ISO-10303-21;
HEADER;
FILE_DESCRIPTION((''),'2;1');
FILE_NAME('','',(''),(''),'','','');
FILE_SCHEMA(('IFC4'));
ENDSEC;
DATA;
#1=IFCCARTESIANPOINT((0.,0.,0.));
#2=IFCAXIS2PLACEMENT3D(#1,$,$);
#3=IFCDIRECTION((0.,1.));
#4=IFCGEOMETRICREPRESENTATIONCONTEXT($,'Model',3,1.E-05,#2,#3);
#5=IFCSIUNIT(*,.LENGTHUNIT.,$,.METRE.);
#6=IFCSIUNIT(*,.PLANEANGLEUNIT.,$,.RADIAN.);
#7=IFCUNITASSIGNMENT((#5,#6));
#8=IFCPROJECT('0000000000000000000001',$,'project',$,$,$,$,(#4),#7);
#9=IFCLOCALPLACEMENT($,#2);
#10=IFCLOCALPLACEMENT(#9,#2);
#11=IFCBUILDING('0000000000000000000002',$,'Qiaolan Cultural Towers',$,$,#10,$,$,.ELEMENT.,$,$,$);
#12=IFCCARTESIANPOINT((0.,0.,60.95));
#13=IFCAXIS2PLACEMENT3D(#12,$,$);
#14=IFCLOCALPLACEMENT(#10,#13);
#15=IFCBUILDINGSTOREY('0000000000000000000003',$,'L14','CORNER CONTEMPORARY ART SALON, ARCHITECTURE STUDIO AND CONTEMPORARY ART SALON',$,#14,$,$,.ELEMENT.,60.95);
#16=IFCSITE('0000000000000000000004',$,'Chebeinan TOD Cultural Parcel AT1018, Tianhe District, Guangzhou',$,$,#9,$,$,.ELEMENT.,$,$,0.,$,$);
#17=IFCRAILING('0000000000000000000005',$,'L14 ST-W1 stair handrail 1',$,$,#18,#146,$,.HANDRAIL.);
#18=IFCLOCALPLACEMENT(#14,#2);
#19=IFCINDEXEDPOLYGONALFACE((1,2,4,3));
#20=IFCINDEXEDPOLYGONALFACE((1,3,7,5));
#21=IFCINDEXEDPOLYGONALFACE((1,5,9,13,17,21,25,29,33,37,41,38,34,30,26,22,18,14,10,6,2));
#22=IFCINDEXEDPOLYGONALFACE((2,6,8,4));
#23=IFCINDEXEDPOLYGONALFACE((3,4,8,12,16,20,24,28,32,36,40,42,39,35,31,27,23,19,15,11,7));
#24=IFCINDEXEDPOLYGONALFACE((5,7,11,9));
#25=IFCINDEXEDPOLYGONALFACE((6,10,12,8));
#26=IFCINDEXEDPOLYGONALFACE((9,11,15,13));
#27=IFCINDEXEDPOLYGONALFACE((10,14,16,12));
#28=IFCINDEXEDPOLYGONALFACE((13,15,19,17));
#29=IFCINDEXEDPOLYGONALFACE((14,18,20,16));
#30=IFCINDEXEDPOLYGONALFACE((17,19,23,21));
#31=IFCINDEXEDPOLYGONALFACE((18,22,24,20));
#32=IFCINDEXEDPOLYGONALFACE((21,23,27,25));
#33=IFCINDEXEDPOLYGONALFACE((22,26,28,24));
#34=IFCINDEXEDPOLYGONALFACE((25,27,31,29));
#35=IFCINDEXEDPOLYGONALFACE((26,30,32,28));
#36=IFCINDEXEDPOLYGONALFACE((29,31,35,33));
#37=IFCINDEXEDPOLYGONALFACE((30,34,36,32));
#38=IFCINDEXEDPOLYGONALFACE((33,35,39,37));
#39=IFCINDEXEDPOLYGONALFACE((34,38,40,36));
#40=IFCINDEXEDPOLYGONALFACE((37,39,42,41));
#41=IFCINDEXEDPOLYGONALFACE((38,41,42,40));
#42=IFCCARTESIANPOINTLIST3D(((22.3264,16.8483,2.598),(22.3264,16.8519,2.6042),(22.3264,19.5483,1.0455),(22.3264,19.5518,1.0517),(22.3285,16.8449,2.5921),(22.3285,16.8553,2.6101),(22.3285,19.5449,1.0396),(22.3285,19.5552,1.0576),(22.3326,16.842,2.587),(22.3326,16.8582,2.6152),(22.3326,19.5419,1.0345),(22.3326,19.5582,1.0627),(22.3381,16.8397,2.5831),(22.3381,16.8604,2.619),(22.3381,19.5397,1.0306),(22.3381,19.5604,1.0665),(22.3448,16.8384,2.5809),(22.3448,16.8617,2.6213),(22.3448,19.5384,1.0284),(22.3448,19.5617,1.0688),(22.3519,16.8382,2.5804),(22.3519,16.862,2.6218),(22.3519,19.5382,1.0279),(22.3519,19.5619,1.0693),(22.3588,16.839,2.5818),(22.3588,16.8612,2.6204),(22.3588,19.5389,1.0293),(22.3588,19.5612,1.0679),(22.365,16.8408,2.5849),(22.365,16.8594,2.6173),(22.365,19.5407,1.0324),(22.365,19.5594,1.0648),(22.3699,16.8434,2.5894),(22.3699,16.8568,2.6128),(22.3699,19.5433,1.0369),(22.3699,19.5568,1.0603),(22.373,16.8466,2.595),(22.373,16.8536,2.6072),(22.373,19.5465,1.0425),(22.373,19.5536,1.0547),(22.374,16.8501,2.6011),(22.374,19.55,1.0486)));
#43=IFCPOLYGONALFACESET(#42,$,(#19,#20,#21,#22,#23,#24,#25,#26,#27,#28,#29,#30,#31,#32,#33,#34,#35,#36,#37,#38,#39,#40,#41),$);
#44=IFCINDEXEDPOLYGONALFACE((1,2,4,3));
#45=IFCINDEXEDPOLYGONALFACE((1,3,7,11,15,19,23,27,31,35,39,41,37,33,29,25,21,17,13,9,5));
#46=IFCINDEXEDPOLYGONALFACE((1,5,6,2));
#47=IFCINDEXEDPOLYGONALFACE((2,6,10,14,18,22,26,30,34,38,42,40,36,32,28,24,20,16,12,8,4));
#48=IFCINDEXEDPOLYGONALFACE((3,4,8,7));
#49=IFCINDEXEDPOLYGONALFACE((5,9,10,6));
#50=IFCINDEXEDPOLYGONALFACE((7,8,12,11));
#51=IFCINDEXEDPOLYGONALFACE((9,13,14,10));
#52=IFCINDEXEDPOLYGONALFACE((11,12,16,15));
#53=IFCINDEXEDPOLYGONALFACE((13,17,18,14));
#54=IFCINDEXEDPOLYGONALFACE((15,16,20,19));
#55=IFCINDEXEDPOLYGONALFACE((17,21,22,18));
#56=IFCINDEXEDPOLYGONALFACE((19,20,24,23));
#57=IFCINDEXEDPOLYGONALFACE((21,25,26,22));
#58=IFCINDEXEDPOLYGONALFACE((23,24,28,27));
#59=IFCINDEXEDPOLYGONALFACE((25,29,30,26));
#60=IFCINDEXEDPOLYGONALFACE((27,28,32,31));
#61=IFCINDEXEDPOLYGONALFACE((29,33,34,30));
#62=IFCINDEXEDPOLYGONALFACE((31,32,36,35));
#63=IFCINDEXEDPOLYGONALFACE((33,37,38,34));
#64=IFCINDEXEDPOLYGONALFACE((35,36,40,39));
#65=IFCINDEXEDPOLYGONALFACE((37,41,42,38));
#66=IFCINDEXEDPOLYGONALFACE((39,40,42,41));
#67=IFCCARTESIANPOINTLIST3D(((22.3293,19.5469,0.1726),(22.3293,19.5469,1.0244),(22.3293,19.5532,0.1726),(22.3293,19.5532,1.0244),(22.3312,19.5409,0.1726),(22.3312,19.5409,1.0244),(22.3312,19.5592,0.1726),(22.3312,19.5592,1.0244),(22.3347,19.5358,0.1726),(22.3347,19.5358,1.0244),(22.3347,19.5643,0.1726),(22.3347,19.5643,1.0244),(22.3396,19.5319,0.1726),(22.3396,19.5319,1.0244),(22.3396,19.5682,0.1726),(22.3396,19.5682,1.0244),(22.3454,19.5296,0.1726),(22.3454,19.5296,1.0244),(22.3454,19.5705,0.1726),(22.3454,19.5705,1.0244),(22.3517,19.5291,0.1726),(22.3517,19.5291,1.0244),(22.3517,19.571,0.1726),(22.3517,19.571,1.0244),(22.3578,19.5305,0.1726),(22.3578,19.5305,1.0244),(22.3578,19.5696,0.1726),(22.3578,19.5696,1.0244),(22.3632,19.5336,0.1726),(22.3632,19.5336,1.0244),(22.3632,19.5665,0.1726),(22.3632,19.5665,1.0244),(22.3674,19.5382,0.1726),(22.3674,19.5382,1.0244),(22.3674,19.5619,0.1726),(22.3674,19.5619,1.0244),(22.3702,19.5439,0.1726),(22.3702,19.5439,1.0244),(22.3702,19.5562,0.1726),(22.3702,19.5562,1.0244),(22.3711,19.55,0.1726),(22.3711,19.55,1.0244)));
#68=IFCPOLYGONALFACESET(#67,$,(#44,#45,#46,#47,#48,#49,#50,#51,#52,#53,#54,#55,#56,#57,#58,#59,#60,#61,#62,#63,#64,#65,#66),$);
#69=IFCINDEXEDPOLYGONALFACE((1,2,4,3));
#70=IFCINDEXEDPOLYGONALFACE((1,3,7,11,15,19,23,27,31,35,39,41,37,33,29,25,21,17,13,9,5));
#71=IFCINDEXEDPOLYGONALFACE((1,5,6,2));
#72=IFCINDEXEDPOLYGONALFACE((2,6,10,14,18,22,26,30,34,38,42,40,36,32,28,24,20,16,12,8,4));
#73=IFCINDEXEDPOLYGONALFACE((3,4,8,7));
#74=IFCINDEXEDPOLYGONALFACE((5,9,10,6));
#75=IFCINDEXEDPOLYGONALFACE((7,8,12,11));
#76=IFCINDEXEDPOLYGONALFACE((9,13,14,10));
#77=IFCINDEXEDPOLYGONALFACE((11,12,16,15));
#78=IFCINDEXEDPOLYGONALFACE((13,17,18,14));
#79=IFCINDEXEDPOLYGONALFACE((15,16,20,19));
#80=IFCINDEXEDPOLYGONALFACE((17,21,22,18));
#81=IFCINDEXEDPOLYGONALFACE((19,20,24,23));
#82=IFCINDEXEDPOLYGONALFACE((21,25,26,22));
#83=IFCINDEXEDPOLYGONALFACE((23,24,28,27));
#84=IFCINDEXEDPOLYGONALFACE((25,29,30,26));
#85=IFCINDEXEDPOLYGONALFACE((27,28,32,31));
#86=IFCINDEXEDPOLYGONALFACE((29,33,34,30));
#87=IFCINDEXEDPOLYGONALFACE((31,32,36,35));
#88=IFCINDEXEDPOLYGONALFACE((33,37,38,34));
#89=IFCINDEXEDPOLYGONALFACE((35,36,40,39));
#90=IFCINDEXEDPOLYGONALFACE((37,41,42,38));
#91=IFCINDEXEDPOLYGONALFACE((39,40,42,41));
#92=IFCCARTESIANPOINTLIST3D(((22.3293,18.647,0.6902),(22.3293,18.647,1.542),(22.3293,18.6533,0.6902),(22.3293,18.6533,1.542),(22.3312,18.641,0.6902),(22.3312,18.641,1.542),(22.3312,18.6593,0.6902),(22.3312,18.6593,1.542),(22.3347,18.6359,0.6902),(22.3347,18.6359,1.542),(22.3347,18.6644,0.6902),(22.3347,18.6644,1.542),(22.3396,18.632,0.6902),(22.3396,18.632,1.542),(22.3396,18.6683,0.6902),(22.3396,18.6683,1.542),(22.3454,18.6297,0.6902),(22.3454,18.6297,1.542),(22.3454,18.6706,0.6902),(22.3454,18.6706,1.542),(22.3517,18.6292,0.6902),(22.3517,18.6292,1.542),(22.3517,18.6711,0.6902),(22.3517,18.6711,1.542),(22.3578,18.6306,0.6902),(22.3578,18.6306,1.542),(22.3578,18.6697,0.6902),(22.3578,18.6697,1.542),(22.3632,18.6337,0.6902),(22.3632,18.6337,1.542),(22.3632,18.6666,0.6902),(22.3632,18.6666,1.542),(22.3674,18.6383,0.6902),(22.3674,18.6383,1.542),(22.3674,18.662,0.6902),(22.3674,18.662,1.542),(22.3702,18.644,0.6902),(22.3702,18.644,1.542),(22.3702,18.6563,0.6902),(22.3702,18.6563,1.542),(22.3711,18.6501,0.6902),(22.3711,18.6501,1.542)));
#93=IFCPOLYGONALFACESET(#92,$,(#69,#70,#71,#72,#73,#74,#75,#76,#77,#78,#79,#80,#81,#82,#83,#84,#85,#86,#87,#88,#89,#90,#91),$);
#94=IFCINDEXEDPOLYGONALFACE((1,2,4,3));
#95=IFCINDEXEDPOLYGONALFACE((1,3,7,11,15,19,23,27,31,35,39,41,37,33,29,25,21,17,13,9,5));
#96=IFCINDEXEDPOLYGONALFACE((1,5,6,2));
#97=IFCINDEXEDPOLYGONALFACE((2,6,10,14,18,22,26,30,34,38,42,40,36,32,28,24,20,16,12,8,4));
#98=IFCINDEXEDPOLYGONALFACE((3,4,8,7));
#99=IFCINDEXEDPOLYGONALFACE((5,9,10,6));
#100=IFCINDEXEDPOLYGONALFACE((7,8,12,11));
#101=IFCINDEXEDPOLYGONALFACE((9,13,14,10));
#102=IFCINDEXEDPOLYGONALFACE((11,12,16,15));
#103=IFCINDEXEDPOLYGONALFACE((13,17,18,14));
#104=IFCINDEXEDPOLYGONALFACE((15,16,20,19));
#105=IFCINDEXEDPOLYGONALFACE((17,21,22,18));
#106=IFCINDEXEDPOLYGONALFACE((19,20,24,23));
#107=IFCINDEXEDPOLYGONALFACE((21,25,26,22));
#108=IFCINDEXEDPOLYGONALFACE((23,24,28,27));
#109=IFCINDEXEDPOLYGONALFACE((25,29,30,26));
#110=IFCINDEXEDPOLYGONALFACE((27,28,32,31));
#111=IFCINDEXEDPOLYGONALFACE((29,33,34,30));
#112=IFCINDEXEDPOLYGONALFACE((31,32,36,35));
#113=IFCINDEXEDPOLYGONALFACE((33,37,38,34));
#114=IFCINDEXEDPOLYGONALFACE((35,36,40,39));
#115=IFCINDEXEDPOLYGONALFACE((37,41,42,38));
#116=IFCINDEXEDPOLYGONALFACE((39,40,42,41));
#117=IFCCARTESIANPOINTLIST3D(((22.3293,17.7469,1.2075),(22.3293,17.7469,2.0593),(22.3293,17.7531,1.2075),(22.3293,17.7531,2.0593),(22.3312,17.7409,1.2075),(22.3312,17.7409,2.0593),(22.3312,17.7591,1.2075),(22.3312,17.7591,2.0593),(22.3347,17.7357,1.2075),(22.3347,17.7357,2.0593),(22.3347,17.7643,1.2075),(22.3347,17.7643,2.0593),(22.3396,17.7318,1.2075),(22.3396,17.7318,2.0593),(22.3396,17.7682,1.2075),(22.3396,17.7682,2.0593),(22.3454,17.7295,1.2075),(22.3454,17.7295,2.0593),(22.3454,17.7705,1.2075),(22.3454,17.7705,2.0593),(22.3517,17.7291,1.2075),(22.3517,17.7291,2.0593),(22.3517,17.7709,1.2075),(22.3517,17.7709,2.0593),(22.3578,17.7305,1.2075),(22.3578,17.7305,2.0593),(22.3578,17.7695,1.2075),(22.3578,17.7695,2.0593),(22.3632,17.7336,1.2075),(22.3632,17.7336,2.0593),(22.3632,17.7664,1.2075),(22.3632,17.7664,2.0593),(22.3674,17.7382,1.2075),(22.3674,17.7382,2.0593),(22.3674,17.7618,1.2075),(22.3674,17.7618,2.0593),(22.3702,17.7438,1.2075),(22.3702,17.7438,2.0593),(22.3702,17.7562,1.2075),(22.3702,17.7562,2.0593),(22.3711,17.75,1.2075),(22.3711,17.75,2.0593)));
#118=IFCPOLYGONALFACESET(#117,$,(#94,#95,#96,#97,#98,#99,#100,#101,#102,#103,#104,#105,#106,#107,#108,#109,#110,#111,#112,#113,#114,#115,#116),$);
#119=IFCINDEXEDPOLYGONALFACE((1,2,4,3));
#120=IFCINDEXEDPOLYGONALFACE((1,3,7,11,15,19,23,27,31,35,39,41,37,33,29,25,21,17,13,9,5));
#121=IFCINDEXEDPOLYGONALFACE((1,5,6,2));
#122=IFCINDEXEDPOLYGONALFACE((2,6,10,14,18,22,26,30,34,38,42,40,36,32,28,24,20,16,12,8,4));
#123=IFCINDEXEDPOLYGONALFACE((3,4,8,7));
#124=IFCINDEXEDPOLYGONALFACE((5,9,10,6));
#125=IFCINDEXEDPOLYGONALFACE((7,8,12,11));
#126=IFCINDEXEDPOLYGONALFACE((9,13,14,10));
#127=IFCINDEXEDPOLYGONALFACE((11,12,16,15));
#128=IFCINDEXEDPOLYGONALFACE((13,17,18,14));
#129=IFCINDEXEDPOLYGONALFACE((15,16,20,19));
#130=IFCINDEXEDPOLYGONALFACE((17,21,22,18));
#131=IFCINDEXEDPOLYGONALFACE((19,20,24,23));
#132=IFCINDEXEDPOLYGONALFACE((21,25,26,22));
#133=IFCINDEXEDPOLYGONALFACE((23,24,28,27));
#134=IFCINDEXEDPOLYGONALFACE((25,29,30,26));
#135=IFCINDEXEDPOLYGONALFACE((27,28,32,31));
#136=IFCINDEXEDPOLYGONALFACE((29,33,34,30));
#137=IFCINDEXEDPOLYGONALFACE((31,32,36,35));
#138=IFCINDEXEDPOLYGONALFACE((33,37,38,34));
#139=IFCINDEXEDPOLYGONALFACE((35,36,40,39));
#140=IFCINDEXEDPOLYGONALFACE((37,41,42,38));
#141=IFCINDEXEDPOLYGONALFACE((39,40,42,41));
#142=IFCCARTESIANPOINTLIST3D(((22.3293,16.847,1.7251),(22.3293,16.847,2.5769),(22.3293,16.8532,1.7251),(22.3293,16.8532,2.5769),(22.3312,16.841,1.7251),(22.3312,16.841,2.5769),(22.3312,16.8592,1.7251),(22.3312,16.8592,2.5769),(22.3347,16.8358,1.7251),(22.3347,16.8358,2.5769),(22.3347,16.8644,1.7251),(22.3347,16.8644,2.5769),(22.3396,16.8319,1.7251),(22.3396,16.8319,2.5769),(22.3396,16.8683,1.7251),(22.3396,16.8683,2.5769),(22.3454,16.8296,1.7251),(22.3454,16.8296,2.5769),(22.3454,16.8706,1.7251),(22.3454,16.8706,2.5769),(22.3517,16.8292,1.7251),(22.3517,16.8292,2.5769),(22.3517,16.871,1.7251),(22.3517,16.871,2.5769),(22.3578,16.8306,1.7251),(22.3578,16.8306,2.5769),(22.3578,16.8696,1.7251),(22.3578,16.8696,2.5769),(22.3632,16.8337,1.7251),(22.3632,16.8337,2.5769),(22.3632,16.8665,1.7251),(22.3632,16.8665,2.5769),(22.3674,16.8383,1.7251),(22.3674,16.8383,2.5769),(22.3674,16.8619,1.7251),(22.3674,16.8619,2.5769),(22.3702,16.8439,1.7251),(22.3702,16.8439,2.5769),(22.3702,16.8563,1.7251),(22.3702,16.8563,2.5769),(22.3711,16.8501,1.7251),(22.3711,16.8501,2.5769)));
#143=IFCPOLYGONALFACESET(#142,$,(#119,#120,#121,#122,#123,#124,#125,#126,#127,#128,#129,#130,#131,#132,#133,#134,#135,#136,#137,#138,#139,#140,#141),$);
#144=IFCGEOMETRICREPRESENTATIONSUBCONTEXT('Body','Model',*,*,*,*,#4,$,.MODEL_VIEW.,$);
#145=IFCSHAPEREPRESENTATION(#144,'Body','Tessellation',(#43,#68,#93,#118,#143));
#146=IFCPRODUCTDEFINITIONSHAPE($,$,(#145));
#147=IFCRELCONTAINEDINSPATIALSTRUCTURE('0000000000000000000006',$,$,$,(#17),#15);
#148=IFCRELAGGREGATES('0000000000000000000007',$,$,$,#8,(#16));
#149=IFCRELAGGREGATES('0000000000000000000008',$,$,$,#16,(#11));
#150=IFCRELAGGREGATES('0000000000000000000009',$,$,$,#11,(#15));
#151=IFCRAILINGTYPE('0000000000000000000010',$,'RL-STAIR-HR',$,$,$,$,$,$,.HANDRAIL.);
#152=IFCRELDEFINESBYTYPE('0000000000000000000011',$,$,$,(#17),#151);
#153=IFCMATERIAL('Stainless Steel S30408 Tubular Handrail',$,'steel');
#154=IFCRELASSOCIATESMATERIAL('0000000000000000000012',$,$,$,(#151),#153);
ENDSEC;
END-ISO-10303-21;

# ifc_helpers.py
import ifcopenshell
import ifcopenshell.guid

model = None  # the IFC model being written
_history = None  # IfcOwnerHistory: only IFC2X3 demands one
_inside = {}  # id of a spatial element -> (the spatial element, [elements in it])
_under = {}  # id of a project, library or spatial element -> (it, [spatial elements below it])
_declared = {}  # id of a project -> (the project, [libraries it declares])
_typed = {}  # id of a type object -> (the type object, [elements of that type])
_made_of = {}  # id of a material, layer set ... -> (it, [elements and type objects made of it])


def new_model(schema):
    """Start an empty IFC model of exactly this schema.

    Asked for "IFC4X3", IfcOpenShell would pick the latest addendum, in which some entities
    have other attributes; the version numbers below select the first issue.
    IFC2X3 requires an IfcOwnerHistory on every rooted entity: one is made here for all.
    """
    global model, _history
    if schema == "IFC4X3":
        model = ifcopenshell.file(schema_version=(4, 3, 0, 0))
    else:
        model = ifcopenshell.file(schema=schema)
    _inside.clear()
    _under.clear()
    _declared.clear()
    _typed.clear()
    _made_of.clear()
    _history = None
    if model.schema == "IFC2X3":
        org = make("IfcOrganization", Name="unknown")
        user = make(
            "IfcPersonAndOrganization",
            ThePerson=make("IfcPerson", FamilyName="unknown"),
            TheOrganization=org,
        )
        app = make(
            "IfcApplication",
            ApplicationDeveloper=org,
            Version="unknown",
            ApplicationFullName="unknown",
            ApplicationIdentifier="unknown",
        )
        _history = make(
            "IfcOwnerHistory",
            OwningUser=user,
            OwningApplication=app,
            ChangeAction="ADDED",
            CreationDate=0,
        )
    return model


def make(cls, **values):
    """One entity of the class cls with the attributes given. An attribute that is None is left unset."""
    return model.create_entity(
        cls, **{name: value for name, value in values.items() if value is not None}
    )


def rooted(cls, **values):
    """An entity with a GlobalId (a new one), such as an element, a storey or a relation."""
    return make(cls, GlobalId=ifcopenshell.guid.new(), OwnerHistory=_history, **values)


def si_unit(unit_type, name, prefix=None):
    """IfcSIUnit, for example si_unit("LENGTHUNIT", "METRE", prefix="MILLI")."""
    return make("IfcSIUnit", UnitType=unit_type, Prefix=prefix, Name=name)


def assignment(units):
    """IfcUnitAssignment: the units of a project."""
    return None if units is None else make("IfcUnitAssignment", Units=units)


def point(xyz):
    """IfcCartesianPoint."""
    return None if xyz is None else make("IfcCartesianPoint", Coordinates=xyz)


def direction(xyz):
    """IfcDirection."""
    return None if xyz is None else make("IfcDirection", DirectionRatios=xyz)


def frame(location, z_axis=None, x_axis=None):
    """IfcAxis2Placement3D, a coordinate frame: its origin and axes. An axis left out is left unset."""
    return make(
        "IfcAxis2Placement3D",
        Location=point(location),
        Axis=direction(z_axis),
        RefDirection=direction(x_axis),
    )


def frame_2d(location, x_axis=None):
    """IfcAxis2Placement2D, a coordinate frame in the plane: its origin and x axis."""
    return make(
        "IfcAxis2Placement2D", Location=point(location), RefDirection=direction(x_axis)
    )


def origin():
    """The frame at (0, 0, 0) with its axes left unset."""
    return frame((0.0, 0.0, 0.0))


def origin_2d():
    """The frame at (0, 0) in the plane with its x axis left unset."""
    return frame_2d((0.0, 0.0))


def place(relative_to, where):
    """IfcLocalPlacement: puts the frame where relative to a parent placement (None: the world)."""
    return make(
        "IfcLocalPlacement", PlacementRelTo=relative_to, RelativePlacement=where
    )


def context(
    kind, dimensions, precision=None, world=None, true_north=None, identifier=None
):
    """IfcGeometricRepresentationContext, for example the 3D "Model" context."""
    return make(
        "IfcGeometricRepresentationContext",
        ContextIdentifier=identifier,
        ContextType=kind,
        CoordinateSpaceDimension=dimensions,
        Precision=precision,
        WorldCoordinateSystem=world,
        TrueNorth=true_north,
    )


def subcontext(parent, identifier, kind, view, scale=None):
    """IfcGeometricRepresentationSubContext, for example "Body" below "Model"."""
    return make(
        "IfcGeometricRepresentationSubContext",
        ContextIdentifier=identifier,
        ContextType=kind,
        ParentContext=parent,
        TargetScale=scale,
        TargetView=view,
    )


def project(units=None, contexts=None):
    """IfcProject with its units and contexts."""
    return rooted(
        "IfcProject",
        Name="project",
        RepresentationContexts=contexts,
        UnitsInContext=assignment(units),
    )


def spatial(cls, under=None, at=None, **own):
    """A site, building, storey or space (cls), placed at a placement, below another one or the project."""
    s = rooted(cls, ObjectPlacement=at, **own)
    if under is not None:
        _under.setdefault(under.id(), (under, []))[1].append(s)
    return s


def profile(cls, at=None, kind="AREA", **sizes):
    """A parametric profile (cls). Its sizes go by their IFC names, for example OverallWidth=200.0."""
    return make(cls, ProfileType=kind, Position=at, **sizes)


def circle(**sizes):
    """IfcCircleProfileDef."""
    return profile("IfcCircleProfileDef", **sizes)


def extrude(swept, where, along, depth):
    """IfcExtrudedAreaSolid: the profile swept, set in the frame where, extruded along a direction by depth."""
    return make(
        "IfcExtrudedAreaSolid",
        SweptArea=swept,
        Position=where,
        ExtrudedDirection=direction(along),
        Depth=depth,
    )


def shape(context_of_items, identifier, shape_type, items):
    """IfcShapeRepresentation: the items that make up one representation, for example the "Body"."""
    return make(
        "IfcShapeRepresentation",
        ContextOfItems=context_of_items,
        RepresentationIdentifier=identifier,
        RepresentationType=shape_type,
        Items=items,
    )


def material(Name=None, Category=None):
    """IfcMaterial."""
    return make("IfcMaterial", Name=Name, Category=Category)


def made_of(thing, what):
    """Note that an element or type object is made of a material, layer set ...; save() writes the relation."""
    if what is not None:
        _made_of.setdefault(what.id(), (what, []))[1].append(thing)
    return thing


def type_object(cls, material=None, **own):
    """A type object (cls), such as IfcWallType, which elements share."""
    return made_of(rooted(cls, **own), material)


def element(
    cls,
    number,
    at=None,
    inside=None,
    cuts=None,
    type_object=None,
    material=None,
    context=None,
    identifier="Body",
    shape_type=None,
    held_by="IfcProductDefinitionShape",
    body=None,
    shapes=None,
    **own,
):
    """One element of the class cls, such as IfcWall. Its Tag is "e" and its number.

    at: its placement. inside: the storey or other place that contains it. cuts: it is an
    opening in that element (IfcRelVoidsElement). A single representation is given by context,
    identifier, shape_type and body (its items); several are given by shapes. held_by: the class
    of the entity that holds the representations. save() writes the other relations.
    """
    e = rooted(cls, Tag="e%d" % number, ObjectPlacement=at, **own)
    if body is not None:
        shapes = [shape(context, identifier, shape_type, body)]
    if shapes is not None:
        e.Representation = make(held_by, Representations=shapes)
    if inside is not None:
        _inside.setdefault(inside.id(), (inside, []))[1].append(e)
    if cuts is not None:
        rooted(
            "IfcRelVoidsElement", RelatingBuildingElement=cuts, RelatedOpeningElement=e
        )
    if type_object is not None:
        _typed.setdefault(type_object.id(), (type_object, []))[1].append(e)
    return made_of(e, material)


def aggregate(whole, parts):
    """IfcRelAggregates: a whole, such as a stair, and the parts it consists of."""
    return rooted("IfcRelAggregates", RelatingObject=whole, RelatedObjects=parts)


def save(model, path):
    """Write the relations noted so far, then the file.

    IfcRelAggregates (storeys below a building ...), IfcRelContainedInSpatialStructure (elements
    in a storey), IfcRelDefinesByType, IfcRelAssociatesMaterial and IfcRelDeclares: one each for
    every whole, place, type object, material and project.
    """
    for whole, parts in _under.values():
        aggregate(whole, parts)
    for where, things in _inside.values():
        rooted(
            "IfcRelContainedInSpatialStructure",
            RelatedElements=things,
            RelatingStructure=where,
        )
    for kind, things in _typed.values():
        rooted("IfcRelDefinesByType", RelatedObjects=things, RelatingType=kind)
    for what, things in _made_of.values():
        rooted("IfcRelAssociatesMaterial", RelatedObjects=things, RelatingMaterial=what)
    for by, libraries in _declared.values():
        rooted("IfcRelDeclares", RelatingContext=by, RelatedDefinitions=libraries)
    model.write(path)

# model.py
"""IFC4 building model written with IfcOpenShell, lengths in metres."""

from ifc_helpers import new_model, si_unit, direction, frame, origin, origin_2d, place, context, subcontext, project, spatial, circle, extrude, material, type_object, element, save


model = new_model("IFC4")

# Units and contexts
model_context = context("Model", 3, precision=1e-05, world=origin(), true_north=direction((0.0, 1.0)))
body_context = subcontext(model_context, "Body", "Model", "MODEL_VIEW")
ifc_project = project(units=[si_unit("LENGTHUNIT", "METRE"), si_unit("PLANEANGLEUNIT", "RADIAN")], contexts=[model_context])

# Site, building, storey
site_placement = place(None, origin())
site = spatial("IfcSite", under=ifc_project, at=site_placement, Name="Chebeinan TOD Cultural Parcel AT1018, Tianhe District, Guangzhou", CompositionType="ELEMENT", RefElevation=0.0)
building_placement = place(site_placement, origin())
building = spatial("IfcBuilding", under=site, at=building_placement, Name="Qiaolan Cultural Towers", CompositionType="ELEMENT")
storey_placement = place(building_placement, frame((0.0, 0.0, 60.95)))
storey = spatial("IfcBuildingStorey", under=building, at=storey_placement, Name="L14", Description="CORNER CONTEMPORARY ART SALON, ARCHITECTURE STUDIO AND CONTEMPORARY ART SALON", CompositionType="ELEMENT", Elevation=60.95)

# Railing
ifc_material_1 = material(Name="Stainless Steel S30408 Tubular Handrail", Category="steel")
railing_type_1 = type_object("IfcRailingType", Name="RL-STAIR-HR", PredefinedType="HANDRAIL", material=ifc_material_1)
railing_1_placement = place(storey_placement, frame((22.3501, 19.55, 0.1726)))
element("IfcRailing", 1, at=railing_1_placement, inside=storey, type_object=railing_type_1, Name="L14 ST-W1 stair handrail 1", PredefinedType="HANDRAIL", context=body_context, shape_type="SweptSolid", body=[
    extrude(circle(Radius=0.0239, at=origin_2d()), frame((0.0, 0.0, 0.876), z_axis=(0.0, -0.866904, 0.498476), x_axis=(1.0, 0.0, 0.0)), (0.0, 0.0, 1.0), 3.1145),
    extrude(circle(Radius=0.021, at=origin_2d()), origin(), (0.0, 0.0, 1.0), 0.8518),
    extrude(circle(Radius=0.021, at=origin_2d()), frame((0.0, -0.8999, 0.5176)), (0.0, 0.0, 1.0), 0.8518),
    extrude(circle(Radius=0.021, at=origin_2d()), frame((0.0, -1.8, 1.0349)), (0.0, 0.0, 1.0), 0.8518),
    extrude(circle(Radius=0.021, at=origin_2d()), frame((0.0, -2.7, 1.5525)), (0.0, 0.0, 1.0), 0.8518),
])

save(model, "model.ifc")
